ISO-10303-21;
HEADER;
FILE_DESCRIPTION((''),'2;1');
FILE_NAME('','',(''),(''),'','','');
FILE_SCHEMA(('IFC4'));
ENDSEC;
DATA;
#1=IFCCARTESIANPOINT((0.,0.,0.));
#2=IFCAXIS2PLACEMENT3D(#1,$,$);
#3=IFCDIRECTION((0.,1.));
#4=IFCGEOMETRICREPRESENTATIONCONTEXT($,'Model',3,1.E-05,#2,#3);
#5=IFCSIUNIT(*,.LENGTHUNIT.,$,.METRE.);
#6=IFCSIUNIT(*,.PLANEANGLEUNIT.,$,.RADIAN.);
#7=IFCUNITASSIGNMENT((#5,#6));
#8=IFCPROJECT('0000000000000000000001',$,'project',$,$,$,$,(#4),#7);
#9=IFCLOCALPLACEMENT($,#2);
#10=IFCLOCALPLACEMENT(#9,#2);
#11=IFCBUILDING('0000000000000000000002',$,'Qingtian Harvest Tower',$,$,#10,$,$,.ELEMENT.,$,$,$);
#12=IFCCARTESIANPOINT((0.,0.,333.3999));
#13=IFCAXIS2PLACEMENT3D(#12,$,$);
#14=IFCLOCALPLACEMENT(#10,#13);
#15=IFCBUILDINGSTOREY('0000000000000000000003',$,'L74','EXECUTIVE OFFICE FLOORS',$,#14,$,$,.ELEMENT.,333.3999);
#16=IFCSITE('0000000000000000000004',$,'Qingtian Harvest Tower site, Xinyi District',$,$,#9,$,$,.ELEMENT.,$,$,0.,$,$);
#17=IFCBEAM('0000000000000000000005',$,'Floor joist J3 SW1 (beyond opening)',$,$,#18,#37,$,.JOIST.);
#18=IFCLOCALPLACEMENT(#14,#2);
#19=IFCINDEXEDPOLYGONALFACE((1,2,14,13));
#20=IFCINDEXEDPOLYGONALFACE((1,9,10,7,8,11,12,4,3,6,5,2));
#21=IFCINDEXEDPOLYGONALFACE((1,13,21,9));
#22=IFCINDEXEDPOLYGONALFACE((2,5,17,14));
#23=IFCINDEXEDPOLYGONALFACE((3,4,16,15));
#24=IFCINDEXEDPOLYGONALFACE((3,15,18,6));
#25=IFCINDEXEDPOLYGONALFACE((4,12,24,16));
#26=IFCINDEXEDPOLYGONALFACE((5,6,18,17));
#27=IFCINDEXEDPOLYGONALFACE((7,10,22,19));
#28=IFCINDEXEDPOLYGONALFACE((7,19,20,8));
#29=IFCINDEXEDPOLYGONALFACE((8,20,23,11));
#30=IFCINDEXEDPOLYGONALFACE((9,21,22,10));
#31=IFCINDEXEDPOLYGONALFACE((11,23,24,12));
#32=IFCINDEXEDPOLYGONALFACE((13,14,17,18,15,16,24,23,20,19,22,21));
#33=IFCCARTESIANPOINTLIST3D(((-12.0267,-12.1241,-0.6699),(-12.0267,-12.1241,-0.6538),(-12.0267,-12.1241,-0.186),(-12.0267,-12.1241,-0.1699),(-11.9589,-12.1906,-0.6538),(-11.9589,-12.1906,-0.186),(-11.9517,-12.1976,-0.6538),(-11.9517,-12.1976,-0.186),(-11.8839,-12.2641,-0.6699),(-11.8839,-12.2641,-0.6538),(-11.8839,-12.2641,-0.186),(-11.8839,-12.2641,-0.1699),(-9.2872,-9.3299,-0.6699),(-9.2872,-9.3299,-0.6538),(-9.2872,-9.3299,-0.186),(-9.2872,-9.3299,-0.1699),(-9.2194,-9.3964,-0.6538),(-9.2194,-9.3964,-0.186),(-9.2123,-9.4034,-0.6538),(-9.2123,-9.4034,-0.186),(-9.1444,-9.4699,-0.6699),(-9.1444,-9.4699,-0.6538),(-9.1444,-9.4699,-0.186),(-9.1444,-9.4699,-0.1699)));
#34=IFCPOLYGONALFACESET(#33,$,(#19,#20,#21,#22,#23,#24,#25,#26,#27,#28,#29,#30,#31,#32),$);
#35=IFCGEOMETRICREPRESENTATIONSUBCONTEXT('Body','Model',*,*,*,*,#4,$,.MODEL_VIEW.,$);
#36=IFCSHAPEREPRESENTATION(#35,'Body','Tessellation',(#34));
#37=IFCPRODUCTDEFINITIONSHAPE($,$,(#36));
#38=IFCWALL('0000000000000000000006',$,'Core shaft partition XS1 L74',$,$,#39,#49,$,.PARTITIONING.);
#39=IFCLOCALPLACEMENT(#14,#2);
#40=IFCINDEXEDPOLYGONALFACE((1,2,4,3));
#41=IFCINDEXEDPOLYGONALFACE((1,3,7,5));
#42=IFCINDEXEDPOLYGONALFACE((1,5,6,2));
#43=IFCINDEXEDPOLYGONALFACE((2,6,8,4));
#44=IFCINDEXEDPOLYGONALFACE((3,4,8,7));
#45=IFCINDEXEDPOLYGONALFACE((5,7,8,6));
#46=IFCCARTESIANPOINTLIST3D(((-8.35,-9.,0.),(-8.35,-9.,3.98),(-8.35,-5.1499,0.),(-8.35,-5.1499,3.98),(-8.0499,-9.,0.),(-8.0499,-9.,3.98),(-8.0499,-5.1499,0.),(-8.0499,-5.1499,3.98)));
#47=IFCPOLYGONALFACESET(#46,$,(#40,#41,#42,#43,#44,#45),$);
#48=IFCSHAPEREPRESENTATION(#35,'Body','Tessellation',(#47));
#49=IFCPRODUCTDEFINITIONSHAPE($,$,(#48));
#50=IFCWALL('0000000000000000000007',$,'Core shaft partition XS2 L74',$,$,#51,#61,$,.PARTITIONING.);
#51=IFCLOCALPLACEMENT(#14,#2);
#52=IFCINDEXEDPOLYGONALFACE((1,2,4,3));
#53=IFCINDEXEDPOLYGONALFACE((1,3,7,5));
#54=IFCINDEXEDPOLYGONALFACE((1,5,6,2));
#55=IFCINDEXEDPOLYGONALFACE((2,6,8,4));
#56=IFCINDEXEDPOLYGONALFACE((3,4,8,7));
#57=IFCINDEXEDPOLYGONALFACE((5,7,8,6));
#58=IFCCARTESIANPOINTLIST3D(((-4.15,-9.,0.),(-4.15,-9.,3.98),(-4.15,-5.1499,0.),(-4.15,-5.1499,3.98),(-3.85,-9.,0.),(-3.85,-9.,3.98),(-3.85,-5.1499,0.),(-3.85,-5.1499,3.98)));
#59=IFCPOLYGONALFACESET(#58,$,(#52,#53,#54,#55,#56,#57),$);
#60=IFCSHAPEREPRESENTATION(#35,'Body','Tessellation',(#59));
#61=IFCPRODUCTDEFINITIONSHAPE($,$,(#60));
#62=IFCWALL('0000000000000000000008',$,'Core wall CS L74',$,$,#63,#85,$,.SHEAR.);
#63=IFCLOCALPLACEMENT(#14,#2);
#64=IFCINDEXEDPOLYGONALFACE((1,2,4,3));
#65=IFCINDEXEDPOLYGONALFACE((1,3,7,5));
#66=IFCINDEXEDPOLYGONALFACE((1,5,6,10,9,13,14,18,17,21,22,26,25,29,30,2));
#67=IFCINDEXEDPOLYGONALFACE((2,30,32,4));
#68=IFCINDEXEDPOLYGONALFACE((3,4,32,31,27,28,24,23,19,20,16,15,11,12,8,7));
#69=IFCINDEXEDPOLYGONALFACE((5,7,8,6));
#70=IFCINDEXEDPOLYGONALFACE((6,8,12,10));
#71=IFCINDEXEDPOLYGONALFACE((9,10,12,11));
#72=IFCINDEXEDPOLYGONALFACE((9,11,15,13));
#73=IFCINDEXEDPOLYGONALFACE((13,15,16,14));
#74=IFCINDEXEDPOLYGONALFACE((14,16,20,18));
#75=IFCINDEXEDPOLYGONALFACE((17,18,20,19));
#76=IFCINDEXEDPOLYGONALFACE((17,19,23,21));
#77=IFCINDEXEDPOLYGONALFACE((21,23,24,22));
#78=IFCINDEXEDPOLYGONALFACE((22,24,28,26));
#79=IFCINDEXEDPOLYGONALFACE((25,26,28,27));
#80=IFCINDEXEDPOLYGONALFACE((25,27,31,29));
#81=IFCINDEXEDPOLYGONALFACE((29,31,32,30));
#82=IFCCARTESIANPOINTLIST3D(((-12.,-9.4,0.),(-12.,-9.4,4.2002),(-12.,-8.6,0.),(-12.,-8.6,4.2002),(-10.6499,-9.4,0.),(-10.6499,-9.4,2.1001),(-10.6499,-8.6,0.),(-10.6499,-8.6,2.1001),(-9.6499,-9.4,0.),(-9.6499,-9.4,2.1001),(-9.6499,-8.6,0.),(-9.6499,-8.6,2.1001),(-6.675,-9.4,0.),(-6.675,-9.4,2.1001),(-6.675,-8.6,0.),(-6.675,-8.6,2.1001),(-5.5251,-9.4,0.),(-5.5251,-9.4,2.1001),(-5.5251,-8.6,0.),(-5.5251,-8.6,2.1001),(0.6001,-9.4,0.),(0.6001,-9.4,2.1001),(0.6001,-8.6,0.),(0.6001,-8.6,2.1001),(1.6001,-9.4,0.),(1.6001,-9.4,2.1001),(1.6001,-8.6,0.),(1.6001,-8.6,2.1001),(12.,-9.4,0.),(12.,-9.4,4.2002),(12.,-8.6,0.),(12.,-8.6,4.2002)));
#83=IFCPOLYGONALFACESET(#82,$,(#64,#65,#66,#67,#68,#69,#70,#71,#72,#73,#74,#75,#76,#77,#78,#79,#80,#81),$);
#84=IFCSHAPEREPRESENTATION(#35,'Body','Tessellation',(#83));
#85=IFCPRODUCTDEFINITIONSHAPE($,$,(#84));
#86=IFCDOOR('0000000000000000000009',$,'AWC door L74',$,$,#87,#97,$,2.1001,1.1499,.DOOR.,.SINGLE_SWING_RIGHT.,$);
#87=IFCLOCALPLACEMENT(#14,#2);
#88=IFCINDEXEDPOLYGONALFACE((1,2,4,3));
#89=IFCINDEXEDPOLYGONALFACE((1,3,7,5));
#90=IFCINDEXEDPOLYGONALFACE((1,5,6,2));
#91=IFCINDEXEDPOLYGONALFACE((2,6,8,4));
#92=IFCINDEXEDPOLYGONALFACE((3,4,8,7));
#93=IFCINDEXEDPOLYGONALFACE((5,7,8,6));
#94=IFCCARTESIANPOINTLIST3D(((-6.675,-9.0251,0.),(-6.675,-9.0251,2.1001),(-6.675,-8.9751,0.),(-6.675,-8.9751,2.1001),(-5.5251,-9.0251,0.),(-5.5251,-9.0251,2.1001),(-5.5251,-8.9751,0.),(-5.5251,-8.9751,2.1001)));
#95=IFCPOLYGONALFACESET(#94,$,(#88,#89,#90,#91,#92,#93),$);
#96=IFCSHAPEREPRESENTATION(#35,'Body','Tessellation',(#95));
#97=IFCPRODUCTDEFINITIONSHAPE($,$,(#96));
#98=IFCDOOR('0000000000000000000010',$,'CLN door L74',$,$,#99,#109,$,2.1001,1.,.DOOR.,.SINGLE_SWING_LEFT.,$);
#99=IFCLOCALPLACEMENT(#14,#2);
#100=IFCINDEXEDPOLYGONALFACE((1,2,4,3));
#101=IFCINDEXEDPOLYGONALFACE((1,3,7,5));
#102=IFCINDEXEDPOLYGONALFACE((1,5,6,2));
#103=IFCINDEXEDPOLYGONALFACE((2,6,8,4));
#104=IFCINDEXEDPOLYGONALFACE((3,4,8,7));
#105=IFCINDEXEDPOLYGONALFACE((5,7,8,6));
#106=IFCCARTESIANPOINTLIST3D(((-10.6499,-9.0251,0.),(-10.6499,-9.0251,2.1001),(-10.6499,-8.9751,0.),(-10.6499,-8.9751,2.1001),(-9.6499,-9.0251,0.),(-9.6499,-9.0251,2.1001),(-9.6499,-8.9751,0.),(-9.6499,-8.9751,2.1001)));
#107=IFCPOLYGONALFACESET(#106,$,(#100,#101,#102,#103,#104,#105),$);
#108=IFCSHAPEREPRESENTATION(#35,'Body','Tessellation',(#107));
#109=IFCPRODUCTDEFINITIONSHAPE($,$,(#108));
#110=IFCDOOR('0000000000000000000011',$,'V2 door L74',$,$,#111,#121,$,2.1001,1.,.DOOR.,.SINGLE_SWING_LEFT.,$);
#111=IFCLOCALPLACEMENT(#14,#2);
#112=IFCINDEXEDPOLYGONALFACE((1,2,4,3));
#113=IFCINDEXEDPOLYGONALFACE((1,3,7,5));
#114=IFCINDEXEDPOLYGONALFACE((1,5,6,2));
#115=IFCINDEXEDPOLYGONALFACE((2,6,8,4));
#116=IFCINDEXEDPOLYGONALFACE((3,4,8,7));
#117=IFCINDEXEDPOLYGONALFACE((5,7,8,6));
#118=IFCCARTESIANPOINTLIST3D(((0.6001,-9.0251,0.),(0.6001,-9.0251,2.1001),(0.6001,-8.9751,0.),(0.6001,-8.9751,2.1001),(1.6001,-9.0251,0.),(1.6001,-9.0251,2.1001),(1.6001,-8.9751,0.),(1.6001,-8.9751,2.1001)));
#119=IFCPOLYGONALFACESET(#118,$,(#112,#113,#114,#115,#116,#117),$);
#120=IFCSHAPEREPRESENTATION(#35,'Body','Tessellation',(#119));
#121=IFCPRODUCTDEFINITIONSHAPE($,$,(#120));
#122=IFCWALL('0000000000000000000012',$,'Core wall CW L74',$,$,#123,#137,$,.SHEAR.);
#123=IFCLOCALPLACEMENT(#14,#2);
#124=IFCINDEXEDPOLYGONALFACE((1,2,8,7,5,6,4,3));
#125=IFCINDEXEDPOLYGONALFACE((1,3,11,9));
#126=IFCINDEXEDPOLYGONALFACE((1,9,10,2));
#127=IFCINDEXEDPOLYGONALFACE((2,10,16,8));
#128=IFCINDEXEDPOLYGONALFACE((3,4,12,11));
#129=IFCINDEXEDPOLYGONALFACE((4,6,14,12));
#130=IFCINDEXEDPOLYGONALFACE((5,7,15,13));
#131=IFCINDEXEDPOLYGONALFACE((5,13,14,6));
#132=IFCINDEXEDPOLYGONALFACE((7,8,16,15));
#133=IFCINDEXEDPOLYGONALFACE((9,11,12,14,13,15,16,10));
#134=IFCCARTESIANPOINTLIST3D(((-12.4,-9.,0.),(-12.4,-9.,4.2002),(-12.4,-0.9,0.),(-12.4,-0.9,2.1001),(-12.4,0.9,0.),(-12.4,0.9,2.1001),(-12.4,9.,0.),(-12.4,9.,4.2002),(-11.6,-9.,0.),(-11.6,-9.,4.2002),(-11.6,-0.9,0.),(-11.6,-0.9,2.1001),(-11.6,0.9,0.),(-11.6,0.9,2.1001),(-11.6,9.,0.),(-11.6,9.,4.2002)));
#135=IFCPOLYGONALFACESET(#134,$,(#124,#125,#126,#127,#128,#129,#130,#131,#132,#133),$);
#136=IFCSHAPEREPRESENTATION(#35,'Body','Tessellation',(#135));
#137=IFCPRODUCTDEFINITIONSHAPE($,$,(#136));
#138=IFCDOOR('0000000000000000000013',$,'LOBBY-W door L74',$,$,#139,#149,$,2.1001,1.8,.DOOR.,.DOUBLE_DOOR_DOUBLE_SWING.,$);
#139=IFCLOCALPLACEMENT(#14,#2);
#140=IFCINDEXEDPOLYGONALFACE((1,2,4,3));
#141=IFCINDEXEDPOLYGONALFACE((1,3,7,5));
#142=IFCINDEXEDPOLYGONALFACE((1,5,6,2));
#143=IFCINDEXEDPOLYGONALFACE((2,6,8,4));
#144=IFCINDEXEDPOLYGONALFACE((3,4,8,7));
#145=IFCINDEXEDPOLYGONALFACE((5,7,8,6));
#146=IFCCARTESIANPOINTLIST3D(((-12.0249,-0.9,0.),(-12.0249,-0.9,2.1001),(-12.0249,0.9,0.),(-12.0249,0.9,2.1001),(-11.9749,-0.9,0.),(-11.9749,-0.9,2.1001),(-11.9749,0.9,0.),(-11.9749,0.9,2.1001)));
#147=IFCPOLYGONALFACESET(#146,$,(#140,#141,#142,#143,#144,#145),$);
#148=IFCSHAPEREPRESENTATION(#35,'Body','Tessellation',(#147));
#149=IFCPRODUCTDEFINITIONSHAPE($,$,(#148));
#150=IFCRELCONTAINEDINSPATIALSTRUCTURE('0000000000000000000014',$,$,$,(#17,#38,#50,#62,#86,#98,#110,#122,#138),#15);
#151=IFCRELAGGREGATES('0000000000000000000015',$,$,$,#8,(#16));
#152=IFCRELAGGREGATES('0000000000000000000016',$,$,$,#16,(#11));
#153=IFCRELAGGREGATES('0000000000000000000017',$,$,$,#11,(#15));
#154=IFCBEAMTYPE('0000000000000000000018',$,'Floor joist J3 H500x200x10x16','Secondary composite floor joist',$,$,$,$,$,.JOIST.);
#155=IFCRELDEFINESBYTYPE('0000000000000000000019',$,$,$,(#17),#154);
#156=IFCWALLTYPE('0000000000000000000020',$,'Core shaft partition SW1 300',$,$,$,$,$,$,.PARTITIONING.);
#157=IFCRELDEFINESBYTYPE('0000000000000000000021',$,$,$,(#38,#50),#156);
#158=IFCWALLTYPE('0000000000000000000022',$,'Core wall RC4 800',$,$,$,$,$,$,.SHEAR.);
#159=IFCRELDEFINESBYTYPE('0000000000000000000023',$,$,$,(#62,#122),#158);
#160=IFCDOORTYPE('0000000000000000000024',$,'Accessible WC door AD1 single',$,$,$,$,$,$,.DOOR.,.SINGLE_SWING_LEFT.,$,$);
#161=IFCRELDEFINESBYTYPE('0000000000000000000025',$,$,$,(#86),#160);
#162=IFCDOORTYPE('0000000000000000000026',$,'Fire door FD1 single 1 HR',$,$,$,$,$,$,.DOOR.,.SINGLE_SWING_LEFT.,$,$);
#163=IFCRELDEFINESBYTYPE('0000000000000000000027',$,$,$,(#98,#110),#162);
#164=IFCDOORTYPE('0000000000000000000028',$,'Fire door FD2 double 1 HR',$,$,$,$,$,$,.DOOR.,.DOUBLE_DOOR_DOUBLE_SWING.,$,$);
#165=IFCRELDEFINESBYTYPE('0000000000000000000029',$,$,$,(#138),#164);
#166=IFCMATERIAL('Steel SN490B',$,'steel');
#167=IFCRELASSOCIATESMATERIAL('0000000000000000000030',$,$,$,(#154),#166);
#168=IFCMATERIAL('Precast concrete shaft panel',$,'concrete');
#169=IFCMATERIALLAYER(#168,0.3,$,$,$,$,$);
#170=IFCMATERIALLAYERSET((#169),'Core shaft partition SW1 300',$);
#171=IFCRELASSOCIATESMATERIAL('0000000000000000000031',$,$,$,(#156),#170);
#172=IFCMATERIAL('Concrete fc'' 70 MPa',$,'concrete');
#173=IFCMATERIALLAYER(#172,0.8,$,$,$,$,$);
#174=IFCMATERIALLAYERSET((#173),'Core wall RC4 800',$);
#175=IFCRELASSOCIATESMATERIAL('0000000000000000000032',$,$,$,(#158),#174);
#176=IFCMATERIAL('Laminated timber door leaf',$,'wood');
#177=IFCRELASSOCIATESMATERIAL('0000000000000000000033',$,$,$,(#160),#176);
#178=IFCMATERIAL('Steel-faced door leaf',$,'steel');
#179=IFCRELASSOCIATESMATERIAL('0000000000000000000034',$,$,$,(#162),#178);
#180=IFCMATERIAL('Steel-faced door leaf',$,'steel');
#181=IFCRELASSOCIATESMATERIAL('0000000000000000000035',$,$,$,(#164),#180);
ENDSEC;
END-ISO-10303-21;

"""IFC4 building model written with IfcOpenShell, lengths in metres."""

from ifc_helpers import new_model, si_unit, direction, frame, frame_2d, origin, origin_2d, place, context, subcontext, project, spatial, rectangle, i_section, extrude, material, layer, layer_set, material_profile, profile_set, type_object, element, fill, save


model = new_model("IFC4")

# Units and contexts
model_context = context("Model", 3, precision=1e-05, world=origin(), true_north=direction((0.0, 1.0)))
body_context = subcontext(model_context, "Body", "Model", "MODEL_VIEW")
ifc_project = project(units=[si_unit("LENGTHUNIT", "METRE"), si_unit("PLANEANGLEUNIT", "RADIAN")], contexts=[model_context])

# Site, building, storey
site_placement = place(None, origin())
site = spatial("IfcSite", under=ifc_project, at=site_placement, Name="Qingtian Harvest Tower site, Xinyi District", CompositionType="ELEMENT", RefElevation=0.0)
building_placement = place(site_placement, origin())
building = spatial("IfcBuilding", under=site, at=building_placement, Name="Qingtian Harvest Tower", CompositionType="ELEMENT")
storey_placement = place(building_placement, frame((0.0, 0.0, 333.3999)))
storey = spatial("IfcBuildingStorey", under=building, at=storey_placement, Name="L74", Description="EXECUTIVE OFFICE FLOORS", CompositionType="ELEMENT", Elevation=333.3999)

# Beam
ifc_material_1 = material(Name="Steel SN490B", Category="steel")
ifc_material_profile = material_profile(ifc_material_1, i_section(OverallWidth=0.2, OverallDepth=0.5, WebThickness=0.01, FlangeThickness=0.0161, at=origin_2d()), Name="H500x200x10x16")
ifc_profile_set = profile_set([ifc_material_profile], Name="Steel SN490B")
beam_type = type_object("IfcBeamType", Name="Floor joist J3 H500x200x10x16", Description="Secondary composite floor joist", PredefinedType="JOIST", material=ifc_profile_set)
beam_placement = place(storey_placement, frame((-11.9553, -12.1941, -0.4199), z_axis=(0.700085, 0.71406, 0.0), x_axis=(-0.71406, 0.700085, 0.0)))
element("IfcBeam", 1, at=beam_placement, inside=storey, type_object=beam_type, Name="Floor joist J3 SW1 (beyond opening)", PredefinedType="JOIST", context=body_context, shape_type="SweptSolid", body=[
    extrude(i_section(OverallWidth=0.2, OverallDepth=0.5, WebThickness=0.01, FlangeThickness=0.0161, at=origin_2d()), origin(), (0.0, 0.0, 1.0), 3.9131),
])

# Walls
ifc_material_2 = material(Name="Precast concrete shaft panel", Category="concrete")
ifc_layer_1 = layer(ifc_material_2, 0.3)
ifc_layer_set_1 = layer_set([ifc_layer_1], Name="Core shaft partition SW1 300")
wall_type_1 = type_object("IfcWallType", Name="Core shaft partition SW1 300", PredefinedType="PARTITIONING", material=ifc_layer_set_1)
for number, where, z_axis, x_axis, name in (
    (2, (-8.2, -9.0, 0.0), (0.0, 0.0, 1.0), (0.0, 1.0, 0.0), "Core shaft partition XS1 L74"),
    (3, (-4.0, -9.0, 0.0), (0.0, 0.0, 1.0), (0.0, 1.0, 0.0), "Core shaft partition XS2 L74"),
):
    element("IfcWall", number, at=place(storey_placement, frame(where, z_axis=z_axis, x_axis=x_axis)), inside=storey, type_object=wall_type_1, Name=name, PredefinedType="PARTITIONING", context=body_context, shape_type="SweptSolid", body=[
        extrude(rectangle(XDim=3.8501, YDim=0.3, at=frame_2d((1.925, 0.0))), origin(), (0.0, 0.0, 1.0), 3.98),
    ])

# Wall, openings, doors
ifc_material_3 = material(Name="Concrete fc' 70 MPa", Category="concrete")
ifc_layer_2 = layer(ifc_material_3, 0.8)
ifc_layer_set_2 = layer_set([ifc_layer_2], Name="Core wall RC4 800")
wall_type_2 = type_object("IfcWallType", Name="Core wall RC4 800", PredefinedType="SHEAR", material=ifc_layer_set_2)
wall_1_placement = place(storey_placement, frame((-12.0, -9.0, 0.0), z_axis=(0.0, 0.0, 1.0), x_axis=(1.0, 0.0, 0.0)))
wall_1 = element("IfcWall", 4, at=wall_1_placement, inside=storey, type_object=wall_type_2, Name="Core wall CS L74", PredefinedType="SHEAR", context=body_context, shape_type="SweptSolid", body=[
    extrude(rectangle(XDim=24.0, YDim=0.8, at=frame_2d((12.0, 0.0))), origin(), (0.0, 0.0, 1.0), 4.2002),
])
opening_1_placement = place(wall_1_placement, frame((1.3501, 0.0, 0.0)))
opening_1 = element("IfcOpeningElement", 5, at=opening_1_placement, cuts=wall_1, PredefinedType="OPENING", context=body_context, shape_type="SweptSolid", body=[
    extrude(rectangle(XDim=1.0, YDim=2.1001, at=frame_2d((0.5, 1.05))), frame((0.0, 0.4099, 0.0), z_axis=(0.0, -1.0, 0.0), x_axis=(1.0, 0.0, 0.0)), (0.0, 0.0, 1.0), 0.8201),
])
opening_2_placement = place(wall_1_placement, frame((5.325, 0.0, 0.0)))
opening_2 = element("IfcOpeningElement", 6, at=opening_2_placement, cuts=wall_1, PredefinedType="OPENING", context=body_context, shape_type="SweptSolid", body=[
    extrude(rectangle(XDim=1.1499, YDim=2.1001, at=frame_2d((0.575, 1.05))), frame((0.0, 0.4099, 0.0), z_axis=(0.0, -1.0, 0.0), x_axis=(1.0, 0.0, 0.0)), (0.0, 0.0, 1.0), 0.8201),
])
opening_3_placement = place(wall_1_placement, frame((12.6001, 0.0, 0.0)))
opening_3 = element("IfcOpeningElement", 7, at=opening_3_placement, cuts=wall_1, PredefinedType="OPENING", context=body_context, shape_type="SweptSolid", body=[
    extrude(rectangle(XDim=1.0, YDim=2.1001, at=frame_2d((0.5, 1.05))), frame((0.0, 0.4099, 0.0), z_axis=(0.0, -1.0, 0.0), x_axis=(1.0, 0.0, 0.0)), (0.0, 0.0, 1.0), 0.8201),
])
ifc_material_4 = material(Name="Laminated timber door leaf", Category="wood")
door_type_1 = type_object("IfcDoorType", Name="Accessible WC door AD1 single", OperationType="SINGLE_SWING_LEFT", PredefinedType="DOOR", material=ifc_material_4)
door_1_placement = place(opening_2_placement, origin())
door_1 = element("IfcDoor", 8, at=door_1_placement, inside=storey, type_object=door_type_1, Name="AWC door L74", OperationType="SINGLE_SWING_RIGHT", OverallHeight=2.1001, OverallWidth=1.1499, PredefinedType="DOOR", context=body_context, shape_type="SweptSolid", body=[
    extrude(rectangle(XDim=1.1499, YDim=2.1001, at=frame_2d((0.575, 1.05))), frame((0.0, 0.0249, 0.0), z_axis=(0.0, -1.0, 0.0), x_axis=(1.0, 0.0, 0.0)), (0.0, 0.0, 1.0), 0.05),
])
fill(opening_2, door_1)
ifc_material_5 = material(Name="Steel-faced door leaf", Category="steel")
door_type_2 = type_object("IfcDoorType", Name="Fire door FD1 single 1 HR", OperationType="SINGLE_SWING_LEFT", PredefinedType="DOOR", material=ifc_material_5)
door_2_placement = place(opening_1_placement, origin())
door_2 = element("IfcDoor", 9, at=door_2_placement, inside=storey, type_object=door_type_2, Name="CLN door L74", OperationType="SINGLE_SWING_LEFT", OverallHeight=2.1001, OverallWidth=1.0, PredefinedType="DOOR", context=body_context, shape_type="SweptSolid", body=[
    extrude(rectangle(XDim=1.0, YDim=2.1001, at=frame_2d((0.5, 1.05))), frame((0.0, 0.0249, 0.0), z_axis=(0.0, -1.0, 0.0), x_axis=(1.0, 0.0, 0.0)), (0.0, 0.0, 1.0), 0.05),
])
fill(opening_1, door_2)
door_3_placement = place(opening_3_placement, origin())
door_3 = element("IfcDoor", 10, at=door_3_placement, inside=storey, type_object=door_type_2, Name="V2 door L74", OperationType="SINGLE_SWING_LEFT", OverallHeight=2.1001, OverallWidth=1.0, PredefinedType="DOOR", context=body_context, shape_type="SweptSolid", body=[
    extrude(rectangle(XDim=1.0, YDim=2.1001, at=frame_2d((0.5, 1.05))), frame((0.0, 0.0249, 0.0), z_axis=(0.0, -1.0, 0.0), x_axis=(1.0, 0.0, 0.0)), (0.0, 0.0, 1.0), 0.05),
])
fill(opening_3, door_3)

# Wall, opening, door
wall_2_placement = place(storey_placement, frame((-12.0, -9.0, 0.0), z_axis=(0.0, 0.0, 1.0), x_axis=(0.0, 1.0, 0.0)))
wall_2 = element("IfcWall", 11, at=wall_2_placement, inside=storey, type_object=wall_type_2, Name="Core wall CW L74", PredefinedType="SHEAR", context=body_context, shape_type="SweptSolid", body=[
    extrude(rectangle(XDim=18.0, YDim=0.8, at=frame_2d((9.0, 0.0))), origin(), (0.0, 0.0, 1.0), 4.2002),
])
opening_4_placement = place(wall_2_placement, frame((8.1001, 0.0, 0.0)))
opening_4 = element("IfcOpeningElement", 12, at=opening_4_placement, cuts=wall_2, PredefinedType="OPENING", context=body_context, shape_type="SweptSolid", body=[
    extrude(rectangle(XDim=1.8, YDim=2.1001, at=frame_2d((0.8999, 1.05))), frame((0.0, 0.4099, 0.0), z_axis=(0.0, -1.0, 0.0), x_axis=(1.0, 0.0, 0.0)), (0.0, 0.0, 1.0), 0.8201),
])
ifc_material_6 = material(Name="Steel-faced door leaf", Category="steel")
door_type_3 = type_object("IfcDoorType", Name="Fire door FD2 double 1 HR", OperationType="DOUBLE_DOOR_DOUBLE_SWING", PredefinedType="DOOR", material=ifc_material_6)
door_4_placement = place(opening_4_placement, origin())
door_4 = element("IfcDoor", 13, at=door_4_placement, inside=storey, type_object=door_type_3, Name="LOBBY-W door L74", OperationType="DOUBLE_DOOR_DOUBLE_SWING", OverallHeight=2.1001, OverallWidth=1.8, PredefinedType="DOOR", context=body_context, shape_type="SweptSolid", body=[
    extrude(rectangle(XDim=1.8, YDim=2.1001, at=frame_2d((0.8999, 1.05))), frame((0.0, 0.0249, 0.0), z_axis=(0.0, -1.0, 0.0), x_axis=(1.0, 0.0, 0.0)), (0.0, 0.0, 1.0), 0.05),
])
fill(opening_4, door_4)

save(model, "model.ifc")
